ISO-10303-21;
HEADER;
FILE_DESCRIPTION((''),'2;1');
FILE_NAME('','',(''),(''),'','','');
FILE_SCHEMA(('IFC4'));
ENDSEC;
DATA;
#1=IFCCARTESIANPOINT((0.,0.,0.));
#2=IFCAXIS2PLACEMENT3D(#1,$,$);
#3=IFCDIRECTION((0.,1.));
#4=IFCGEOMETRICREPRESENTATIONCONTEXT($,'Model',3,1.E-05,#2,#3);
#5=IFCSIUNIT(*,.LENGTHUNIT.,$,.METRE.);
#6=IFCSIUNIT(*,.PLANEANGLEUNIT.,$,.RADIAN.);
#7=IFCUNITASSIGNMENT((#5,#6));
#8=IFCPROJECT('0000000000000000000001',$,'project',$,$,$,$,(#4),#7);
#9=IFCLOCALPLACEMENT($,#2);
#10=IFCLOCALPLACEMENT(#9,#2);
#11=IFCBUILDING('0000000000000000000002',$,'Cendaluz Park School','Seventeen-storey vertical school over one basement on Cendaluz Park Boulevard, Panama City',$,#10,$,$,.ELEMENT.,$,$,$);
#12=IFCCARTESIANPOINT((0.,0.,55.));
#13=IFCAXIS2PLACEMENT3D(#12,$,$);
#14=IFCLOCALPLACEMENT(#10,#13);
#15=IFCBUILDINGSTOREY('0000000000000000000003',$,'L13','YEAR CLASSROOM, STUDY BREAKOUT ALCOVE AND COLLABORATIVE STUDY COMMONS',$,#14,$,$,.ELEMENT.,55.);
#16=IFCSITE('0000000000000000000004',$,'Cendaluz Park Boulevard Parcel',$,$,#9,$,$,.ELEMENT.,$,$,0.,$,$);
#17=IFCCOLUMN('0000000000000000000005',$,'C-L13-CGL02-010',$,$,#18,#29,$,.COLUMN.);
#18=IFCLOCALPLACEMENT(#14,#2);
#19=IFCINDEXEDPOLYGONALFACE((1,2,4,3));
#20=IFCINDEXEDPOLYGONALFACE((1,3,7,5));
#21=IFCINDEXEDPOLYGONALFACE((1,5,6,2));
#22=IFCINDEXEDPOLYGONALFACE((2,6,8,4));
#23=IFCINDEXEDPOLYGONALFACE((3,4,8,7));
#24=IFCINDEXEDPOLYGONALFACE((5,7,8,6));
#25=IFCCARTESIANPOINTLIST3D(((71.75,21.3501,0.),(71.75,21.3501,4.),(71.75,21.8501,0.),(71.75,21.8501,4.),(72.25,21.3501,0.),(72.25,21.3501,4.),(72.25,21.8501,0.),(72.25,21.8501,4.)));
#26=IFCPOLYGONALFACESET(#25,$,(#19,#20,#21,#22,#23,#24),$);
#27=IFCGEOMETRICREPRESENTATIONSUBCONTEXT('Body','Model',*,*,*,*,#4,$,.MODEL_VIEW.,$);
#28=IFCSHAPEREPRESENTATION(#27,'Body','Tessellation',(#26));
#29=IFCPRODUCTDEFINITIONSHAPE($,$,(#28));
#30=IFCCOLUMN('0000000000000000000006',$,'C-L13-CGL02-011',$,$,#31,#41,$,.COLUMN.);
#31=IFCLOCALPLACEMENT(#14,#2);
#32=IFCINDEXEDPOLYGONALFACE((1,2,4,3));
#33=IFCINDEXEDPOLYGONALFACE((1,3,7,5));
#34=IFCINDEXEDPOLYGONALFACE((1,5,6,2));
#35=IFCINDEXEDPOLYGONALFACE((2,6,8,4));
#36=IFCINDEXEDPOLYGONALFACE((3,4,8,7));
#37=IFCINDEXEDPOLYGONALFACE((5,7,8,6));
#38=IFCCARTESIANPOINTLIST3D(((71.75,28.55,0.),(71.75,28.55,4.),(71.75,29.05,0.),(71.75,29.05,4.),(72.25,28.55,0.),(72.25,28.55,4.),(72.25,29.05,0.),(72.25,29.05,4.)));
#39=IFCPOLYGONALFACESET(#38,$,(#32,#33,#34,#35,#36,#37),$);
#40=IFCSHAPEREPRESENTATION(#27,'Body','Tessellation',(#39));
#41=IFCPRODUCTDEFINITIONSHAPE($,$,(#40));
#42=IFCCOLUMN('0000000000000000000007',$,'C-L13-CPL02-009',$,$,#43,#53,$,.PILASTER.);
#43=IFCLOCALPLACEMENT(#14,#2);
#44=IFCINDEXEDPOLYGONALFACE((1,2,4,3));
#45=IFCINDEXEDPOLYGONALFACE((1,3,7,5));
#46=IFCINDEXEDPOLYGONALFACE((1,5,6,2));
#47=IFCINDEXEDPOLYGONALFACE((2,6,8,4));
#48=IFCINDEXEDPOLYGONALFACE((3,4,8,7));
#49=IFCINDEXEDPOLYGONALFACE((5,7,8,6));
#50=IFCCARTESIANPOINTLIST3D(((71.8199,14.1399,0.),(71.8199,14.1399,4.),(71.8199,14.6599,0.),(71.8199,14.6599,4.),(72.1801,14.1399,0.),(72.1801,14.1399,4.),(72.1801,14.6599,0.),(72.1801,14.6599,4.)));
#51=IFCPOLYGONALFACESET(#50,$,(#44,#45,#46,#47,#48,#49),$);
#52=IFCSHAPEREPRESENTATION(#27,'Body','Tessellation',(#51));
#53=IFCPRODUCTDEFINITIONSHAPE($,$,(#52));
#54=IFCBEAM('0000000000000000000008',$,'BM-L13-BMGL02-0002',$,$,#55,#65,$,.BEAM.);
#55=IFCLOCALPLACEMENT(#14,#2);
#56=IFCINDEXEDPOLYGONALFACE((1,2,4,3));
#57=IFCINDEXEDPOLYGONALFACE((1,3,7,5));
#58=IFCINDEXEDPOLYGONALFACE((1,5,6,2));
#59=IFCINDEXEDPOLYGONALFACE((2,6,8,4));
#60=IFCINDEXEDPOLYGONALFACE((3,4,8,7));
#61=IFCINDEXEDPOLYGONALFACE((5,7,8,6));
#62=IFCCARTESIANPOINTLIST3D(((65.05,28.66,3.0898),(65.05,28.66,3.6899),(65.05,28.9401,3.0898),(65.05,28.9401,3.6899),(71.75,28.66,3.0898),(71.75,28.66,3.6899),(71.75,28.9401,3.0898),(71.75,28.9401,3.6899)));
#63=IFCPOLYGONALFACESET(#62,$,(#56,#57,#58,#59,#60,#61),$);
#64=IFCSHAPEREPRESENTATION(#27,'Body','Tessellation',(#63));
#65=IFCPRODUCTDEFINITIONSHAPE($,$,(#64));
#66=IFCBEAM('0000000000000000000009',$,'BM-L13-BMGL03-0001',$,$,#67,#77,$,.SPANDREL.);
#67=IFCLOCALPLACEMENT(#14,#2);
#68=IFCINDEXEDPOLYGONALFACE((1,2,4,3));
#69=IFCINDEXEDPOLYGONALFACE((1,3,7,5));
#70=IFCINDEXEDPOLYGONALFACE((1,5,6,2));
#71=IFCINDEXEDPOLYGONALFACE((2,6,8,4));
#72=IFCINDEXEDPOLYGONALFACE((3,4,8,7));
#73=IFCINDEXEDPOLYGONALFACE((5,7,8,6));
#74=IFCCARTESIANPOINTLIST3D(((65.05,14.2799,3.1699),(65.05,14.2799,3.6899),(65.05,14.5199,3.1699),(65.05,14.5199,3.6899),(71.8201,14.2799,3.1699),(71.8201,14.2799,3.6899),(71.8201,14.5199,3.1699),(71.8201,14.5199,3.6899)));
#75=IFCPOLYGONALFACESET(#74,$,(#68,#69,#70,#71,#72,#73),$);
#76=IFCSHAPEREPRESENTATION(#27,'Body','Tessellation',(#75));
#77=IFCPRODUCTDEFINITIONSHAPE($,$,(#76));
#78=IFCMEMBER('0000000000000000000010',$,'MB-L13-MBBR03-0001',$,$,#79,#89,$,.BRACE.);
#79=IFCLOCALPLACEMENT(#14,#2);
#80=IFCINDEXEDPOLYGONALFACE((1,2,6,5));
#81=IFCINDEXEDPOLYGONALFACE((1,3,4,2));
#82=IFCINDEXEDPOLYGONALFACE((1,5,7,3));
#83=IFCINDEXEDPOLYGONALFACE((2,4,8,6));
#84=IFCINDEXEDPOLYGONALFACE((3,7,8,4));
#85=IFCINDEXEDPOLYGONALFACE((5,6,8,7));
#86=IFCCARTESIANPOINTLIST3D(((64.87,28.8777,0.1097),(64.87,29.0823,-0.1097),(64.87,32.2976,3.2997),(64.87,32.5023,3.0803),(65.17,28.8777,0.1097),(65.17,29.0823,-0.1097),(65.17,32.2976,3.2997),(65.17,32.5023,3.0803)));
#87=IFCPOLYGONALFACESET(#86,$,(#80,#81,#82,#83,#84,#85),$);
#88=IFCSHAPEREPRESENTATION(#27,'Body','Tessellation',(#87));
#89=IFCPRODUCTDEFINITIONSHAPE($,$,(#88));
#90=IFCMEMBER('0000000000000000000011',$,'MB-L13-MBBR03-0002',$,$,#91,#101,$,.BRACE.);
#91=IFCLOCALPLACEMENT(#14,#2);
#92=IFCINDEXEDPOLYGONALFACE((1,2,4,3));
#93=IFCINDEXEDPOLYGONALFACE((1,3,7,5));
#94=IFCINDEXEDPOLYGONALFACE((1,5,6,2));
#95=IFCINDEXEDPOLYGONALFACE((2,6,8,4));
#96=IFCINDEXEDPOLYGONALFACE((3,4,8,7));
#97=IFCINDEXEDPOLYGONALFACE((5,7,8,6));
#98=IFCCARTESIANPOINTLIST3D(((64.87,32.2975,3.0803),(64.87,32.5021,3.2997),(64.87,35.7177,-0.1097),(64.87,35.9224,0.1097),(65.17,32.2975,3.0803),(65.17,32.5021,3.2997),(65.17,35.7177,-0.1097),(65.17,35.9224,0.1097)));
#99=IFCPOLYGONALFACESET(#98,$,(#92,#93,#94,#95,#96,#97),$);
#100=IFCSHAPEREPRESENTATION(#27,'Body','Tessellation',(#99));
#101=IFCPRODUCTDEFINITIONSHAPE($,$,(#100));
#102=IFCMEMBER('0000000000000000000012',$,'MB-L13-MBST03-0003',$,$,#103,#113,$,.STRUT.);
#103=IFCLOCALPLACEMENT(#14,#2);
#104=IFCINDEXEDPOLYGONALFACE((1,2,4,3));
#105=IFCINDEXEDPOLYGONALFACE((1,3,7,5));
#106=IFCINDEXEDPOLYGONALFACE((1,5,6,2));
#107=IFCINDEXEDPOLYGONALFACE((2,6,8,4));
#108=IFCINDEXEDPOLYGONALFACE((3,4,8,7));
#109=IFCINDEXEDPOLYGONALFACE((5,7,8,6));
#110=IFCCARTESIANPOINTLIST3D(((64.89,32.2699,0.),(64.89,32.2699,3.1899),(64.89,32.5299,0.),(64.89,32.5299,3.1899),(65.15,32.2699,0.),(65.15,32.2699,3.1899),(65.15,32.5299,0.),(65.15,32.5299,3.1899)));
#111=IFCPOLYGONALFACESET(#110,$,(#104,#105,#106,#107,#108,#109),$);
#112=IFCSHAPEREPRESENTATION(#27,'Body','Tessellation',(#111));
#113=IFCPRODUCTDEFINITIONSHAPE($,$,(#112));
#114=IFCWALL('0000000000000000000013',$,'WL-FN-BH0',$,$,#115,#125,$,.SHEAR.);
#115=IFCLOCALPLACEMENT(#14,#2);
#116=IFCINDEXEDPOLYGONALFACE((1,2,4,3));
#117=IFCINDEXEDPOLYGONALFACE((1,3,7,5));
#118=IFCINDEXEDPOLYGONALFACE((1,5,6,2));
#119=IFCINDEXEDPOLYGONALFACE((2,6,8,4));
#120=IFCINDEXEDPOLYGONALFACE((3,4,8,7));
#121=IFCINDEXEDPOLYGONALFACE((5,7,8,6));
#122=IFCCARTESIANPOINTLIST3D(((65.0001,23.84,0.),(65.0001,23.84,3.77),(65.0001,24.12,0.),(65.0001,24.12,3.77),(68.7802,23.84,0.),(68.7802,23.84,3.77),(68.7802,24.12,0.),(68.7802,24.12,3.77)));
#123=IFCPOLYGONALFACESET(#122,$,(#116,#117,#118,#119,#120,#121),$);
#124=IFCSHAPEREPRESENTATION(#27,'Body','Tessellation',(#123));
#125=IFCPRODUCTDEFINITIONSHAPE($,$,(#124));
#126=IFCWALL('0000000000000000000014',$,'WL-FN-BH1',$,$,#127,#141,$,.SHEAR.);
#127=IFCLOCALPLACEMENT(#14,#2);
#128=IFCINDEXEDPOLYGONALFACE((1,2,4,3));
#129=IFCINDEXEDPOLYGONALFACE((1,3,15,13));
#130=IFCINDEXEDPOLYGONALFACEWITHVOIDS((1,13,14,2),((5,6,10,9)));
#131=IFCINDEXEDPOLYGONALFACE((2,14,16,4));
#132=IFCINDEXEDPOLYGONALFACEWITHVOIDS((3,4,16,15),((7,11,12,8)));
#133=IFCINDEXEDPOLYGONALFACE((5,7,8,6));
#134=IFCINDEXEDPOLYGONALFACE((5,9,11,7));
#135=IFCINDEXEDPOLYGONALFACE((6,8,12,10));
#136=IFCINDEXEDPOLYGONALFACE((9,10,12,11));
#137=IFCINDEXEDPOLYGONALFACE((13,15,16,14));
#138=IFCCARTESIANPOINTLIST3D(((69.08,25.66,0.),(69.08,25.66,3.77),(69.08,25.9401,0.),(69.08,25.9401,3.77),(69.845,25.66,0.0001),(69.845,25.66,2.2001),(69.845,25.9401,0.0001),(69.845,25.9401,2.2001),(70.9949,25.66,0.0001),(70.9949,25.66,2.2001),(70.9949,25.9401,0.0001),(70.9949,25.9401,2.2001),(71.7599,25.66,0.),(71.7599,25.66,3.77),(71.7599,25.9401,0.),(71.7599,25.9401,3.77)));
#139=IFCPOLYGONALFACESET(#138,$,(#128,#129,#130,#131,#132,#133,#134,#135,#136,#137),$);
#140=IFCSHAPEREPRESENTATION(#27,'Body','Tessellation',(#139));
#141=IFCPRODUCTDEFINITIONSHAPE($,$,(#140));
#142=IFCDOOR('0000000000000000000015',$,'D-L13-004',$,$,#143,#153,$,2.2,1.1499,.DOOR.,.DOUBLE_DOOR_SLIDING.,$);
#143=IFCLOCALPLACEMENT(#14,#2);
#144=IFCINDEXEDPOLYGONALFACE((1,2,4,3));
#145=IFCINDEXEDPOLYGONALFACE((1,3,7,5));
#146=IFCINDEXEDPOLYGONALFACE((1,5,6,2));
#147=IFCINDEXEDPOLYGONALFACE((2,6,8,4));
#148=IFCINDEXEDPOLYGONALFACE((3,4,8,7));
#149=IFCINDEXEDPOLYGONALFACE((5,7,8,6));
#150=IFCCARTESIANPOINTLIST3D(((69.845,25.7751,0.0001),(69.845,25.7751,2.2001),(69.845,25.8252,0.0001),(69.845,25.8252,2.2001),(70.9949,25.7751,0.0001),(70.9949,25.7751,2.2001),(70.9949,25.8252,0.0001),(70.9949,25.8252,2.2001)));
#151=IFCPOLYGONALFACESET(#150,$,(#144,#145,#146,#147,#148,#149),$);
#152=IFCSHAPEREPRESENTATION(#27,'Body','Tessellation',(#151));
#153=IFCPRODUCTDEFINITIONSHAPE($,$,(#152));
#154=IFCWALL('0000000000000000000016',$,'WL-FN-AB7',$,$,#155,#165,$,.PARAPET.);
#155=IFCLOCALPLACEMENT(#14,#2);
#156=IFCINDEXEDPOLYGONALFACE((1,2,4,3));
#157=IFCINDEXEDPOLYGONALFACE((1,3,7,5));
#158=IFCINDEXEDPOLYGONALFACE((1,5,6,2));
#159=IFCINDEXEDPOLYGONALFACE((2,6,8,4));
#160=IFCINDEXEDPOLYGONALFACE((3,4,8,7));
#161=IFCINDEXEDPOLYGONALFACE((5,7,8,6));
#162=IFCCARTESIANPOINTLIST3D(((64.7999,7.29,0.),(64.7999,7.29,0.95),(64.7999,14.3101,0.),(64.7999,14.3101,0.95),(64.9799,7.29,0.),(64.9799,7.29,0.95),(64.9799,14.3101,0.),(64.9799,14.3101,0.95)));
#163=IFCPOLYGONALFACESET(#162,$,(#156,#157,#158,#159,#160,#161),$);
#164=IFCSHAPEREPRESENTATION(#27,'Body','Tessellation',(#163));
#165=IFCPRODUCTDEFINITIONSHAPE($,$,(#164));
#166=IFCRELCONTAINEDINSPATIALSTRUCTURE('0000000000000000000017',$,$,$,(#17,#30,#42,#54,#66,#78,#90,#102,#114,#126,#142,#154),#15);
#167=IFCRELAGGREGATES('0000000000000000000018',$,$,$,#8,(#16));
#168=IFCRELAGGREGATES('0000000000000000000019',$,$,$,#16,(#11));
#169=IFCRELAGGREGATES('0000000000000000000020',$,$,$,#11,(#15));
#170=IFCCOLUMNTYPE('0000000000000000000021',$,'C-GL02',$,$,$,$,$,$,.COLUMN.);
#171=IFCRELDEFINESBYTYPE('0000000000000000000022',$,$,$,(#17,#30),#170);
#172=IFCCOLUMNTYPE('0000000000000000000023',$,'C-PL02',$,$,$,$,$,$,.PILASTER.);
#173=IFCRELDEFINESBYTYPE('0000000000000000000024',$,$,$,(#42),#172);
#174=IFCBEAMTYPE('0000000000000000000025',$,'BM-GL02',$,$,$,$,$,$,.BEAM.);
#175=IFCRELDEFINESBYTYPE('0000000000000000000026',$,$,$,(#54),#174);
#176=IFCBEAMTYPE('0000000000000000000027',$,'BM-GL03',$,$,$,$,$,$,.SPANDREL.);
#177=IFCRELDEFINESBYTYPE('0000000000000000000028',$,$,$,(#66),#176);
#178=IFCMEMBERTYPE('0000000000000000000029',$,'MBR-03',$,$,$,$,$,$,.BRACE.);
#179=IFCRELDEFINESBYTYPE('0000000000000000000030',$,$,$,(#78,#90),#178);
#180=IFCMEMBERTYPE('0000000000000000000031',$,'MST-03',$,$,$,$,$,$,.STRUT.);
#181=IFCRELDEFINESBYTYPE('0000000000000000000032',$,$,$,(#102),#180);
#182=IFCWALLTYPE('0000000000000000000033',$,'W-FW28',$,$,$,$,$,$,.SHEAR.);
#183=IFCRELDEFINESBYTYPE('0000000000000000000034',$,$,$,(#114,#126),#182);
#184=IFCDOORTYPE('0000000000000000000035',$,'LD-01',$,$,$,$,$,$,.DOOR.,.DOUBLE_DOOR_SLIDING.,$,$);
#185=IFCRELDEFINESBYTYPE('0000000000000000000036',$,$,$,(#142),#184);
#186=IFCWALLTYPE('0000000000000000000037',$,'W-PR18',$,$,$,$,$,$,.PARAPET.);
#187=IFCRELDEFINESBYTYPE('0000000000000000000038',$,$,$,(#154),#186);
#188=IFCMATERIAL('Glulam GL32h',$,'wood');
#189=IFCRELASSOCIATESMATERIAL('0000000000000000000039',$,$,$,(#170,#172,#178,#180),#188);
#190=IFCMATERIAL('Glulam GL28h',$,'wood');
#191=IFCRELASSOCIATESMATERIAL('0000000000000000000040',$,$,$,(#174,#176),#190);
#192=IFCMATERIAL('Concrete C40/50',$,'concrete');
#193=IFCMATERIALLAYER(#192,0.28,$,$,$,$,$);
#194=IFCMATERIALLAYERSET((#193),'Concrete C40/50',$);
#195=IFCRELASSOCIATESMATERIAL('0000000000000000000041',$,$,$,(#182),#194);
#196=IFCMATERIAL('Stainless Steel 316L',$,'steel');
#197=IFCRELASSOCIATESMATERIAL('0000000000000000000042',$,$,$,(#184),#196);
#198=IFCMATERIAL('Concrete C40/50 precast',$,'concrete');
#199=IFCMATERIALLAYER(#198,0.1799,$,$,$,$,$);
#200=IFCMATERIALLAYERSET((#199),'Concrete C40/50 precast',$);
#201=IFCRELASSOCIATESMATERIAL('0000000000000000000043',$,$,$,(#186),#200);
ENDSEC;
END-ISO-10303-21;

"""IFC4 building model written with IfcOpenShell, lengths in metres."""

from ifc_helpers import new_model, si_unit, direction, frame, frame_2d, origin, origin_2d, place, context, subcontext, project, spatial, rectangle, extrude, material, layer, layer_set, material_profile, profile_set, type_object, element, fill, save


model = new_model("IFC4")

# Units and contexts
model_context = context("Model", 3, precision=1e-05, world=origin(), true_north=direction((0.0, 1.0)))
body_context = subcontext(model_context, "Body", "Model", "MODEL_VIEW")
ifc_project = project(units=[si_unit("LENGTHUNIT", "METRE"), si_unit("PLANEANGLEUNIT", "RADIAN")], contexts=[model_context])

# Site, building, storey
site_placement = place(None, origin())
site = spatial("IfcSite", under=ifc_project, at=site_placement, Name="Cendaluz Park Boulevard Parcel", CompositionType="ELEMENT", RefElevation=0.0)
building_placement = place(site_placement, origin())
building = spatial("IfcBuilding", under=site, at=building_placement, Name="Cendaluz Park School", Description="Seventeen-storey vertical school over one basement on Cendaluz Park Boulevard, Panama City", CompositionType="ELEMENT")
storey_placement = place(building_placement, frame((0.0, 0.0, 55.0)))
storey = spatial("IfcBuildingStorey", under=building, at=storey_placement, Name="L13", Description="YEAR CLASSROOM, STUDY BREAKOUT ALCOVE AND COLLABORATIVE STUDY COMMONS", CompositionType="ELEMENT", Elevation=55.0)

# Columns
ifc_material_1 = material(Name="Glulam GL32h", Category="wood")
ifc_material_profile_1 = material_profile(ifc_material_1, rectangle(XDim=0.5, YDim=0.5, at=origin_2d()), Name="GL32h 500x500", Category="wood")
ifc_profile_set_1 = profile_set([ifc_material_profile_1], Name="Glulam GL32h")
column_type_1 = type_object("IfcColumnType", Name="C-GL02", PredefinedType="COLUMN", material=ifc_profile_set_1)
for number, where, z_axis, x_axis, name in (
    (1, (72.0, 21.6001, 0.0), (0.0, 0.0, 1.0), (1.0, 0.0, 0.0), "C-L13-CGL02-010"),
    (2, (72.0, 28.8, 0.0), (0.0, 0.0, 1.0), (1.0, 0.0, 0.0), "C-L13-CGL02-011"),
):
    element("IfcColumn", number, at=place(storey_placement, frame(where, z_axis=z_axis, x_axis=x_axis)), inside=storey, type_object=column_type_1, Name=name, PredefinedType="COLUMN", context=body_context, shape_type="SweptSolid", body=[
        extrude(rectangle(XDim=0.5, YDim=0.5, at=origin_2d()), origin(), (0.0, 0.0, 1.0), 4.0),
    ])
ifc_material_profile_2 = material_profile(ifc_material_1, rectangle(XDim=0.3601, YDim=0.52, at=origin_2d()), Name="GL32h 360x520", Category="wood")
ifc_profile_set_2 = profile_set([ifc_material_profile_2], Name="Glulam GL32h")
column_type_2 = type_object("IfcColumnType", Name="C-PL02", PredefinedType="PILASTER", material=ifc_profile_set_2)
column_placement = place(storey_placement, frame((72.0, 14.3999, 0.0), z_axis=(0.0, 0.0, 1.0), x_axis=(1.0, 0.0, 0.0)))
element("IfcColumn", 3, at=column_placement, inside=storey, type_object=column_type_2, Name="C-L13-CPL02-009", PredefinedType="PILASTER", context=body_context, shape_type="SweptSolid", body=[
    extrude(rectangle(XDim=0.3601, YDim=0.52, at=origin_2d()), origin(), (0.0, 0.0, 1.0), 4.0),
])

# Beams
ifc_material_2 = material(Name="Glulam GL28h", Category="wood")
ifc_material_profile_3 = material_profile(ifc_material_2, rectangle(XDim=0.28, YDim=0.6001, at=origin_2d()), Name="GL28h 280x600", Category="wood")
ifc_profile_set_3 = profile_set([ifc_material_profile_3], Name="Glulam GL28h")
beam_type_1 = type_object("IfcBeamType", Name="BM-GL02", PredefinedType="BEAM", material=ifc_profile_set_3)
beam_1_placement = place(storey_placement, frame((65.05, 28.8, 3.3899), z_axis=(1.0, 0.0, 0.0), x_axis=(0.0, 1.0, 0.0)))
element("IfcBeam", 4, at=beam_1_placement, inside=storey, type_object=beam_type_1, Name="BM-L13-BMGL02-0002", PredefinedType="BEAM", context=body_context, shape_type="SweptSolid", body=[
    extrude(rectangle(XDim=0.28, YDim=0.6001, at=origin_2d()), origin(), (0.0, 0.0, 1.0), 6.7),
])
ifc_material_profile_4 = material_profile(ifc_material_2, rectangle(XDim=0.24, YDim=0.52, at=origin_2d()), Name="GL28h 240x520", Category="wood")
ifc_profile_set_4 = profile_set([ifc_material_profile_4], Name="Glulam GL28h")
beam_type_2 = type_object("IfcBeamType", Name="BM-GL03", PredefinedType="SPANDREL", material=ifc_profile_set_4)
beam_2_placement = place(storey_placement, frame((65.05, 14.3999, 3.4299), z_axis=(1.0, 0.0, 0.0), x_axis=(0.0, 1.0, 0.0)))
element("IfcBeam", 5, at=beam_2_placement, inside=storey, type_object=beam_type_2, Name="BM-L13-BMGL03-0001", PredefinedType="SPANDREL", context=body_context, shape_type="SweptSolid", body=[
    extrude(rectangle(XDim=0.24, YDim=0.52, at=origin_2d()), origin(), (0.0, 0.0, 1.0), 6.77),
])

# Members
ifc_material_profile_5 = material_profile(ifc_material_1, rectangle(XDim=0.3, YDim=0.3, at=origin_2d()), Name="GL32h 300x300", Category="wood")
ifc_profile_set_5 = profile_set([ifc_material_profile_5], Name="Glulam GL32h")
member_type_1 = type_object("IfcMemberType", Name="MBR-03", PredefinedType="BRACE", material=ifc_profile_set_5)
member_1_placement = place(storey_placement, frame((65.02, 28.98, 0.0), z_axis=(0.0, 0.731267, 0.682091), x_axis=(-1.0, 0.0, 0.0)))
element("IfcMember", 6, at=member_1_placement, inside=storey, type_object=member_type_1, Name="MB-L13-MBBR03-0001", PredefinedType="BRACE", context=body_context, shape_type="SweptSolid", body=[
    extrude(rectangle(XDim=0.3, YDim=0.3, at=origin_2d()), origin(), (0.0, 0.0, 1.0), 4.6768),
])
member_2_placement = place(storey_placement, frame((65.02, 35.8201, 0.0), z_axis=(0.0, -0.731291, 0.682065), x_axis=(1.0, 0.0, 0.0)))
element("IfcMember", 7, at=member_2_placement, inside=storey, type_object=member_type_1, Name="MB-L13-MBBR03-0002", PredefinedType="BRACE", context=body_context, shape_type="SweptSolid", body=[
    extrude(rectangle(XDim=0.3, YDim=0.3, at=origin_2d()), origin(), (0.0, 0.0, 1.0), 4.677),
])
ifc_material_profile_6 = material_profile(ifc_material_1, rectangle(XDim=0.26, YDim=0.26, at=origin_2d()), Name="GL32h 260x260", Category="wood")
ifc_profile_set_6 = profile_set([ifc_material_profile_6], Name="Glulam GL32h")
member_type_2 = type_object("IfcMemberType", Name="MST-03", PredefinedType="STRUT", material=ifc_profile_set_6)
member_3_placement = place(storey_placement, frame((65.02, 32.3999, 0.0), z_axis=(0.0, 0.0, 1.0), x_axis=(1.0, 0.0, 0.0)))
element("IfcMember", 8, at=member_3_placement, inside=storey, type_object=member_type_2, Name="MB-L13-MBST03-0003", PredefinedType="STRUT", context=body_context, shape_type="SweptSolid", body=[
    extrude(rectangle(XDim=0.26, YDim=0.26, at=origin_2d()), origin(), (0.0, 0.0, 1.0), 3.1899),
])

# Shared definitions
ifc_material_3 = material(Name="Concrete C40/50", Category="concrete")
ifc_layer_1 = layer(ifc_material_3, 0.28)
ifc_layer_set_1 = layer_set([ifc_layer_1], Name="Concrete C40/50")
wall_type_1 = type_object("IfcWallType", Name="W-FW28", PredefinedType="SHEAR", material=ifc_layer_set_1)

# Wall
wall_1_placement = place(storey_placement, frame((65.0, 23.98, 0.0), z_axis=(0.0, 0.0, 1.0), x_axis=(1.0, 0.0, 0.0)))
element("IfcWall", 9, at=wall_1_placement, inside=storey, type_object=wall_type_1, Name="WL-FN-BH0", PredefinedType="SHEAR", context=body_context, shape_type="SweptSolid", body=[
    extrude(rectangle(XDim=3.78, YDim=0.28, at=frame_2d((1.8901, 0.0))), origin(), (0.0, 0.0, 1.0), 3.77),
])

# Wall, opening, door
wall_2_placement = place(storey_placement, frame((69.0801, 25.8, 0.0), z_axis=(0.0, 0.0, 1.0), x_axis=(1.0, 0.0, 0.0)))
wall_2 = element("IfcWall", 10, at=wall_2_placement, inside=storey, type_object=wall_type_1, Name="WL-FN-BH1", PredefinedType="SHEAR", context=body_context, shape_type="SweptSolid", body=[
    extrude(rectangle(XDim=2.6799, YDim=0.28, at=frame_2d((1.3398, 0.0))), origin(), (0.0, 0.0, 1.0), 3.77),
])
opening_1_placement = place(wall_2_placement, frame((0.7649, 0.0, 0.0)))
opening_1 = element("IfcOpeningElement", 11, at=opening_1_placement, cuts=wall_2, PredefinedType="OPENING", context=body_context, shape_type="SweptSolid", body=[
    extrude(rectangle(XDim=1.1499, YDim=2.2, at=frame_2d((0.575, 1.1001))), frame((0.0, 0.1521, 0.0), z_axis=(0.0, -1.0, 0.0), x_axis=(1.0, 0.0, 0.0)), (0.0, 0.0, 1.0), 0.304),
])
ifc_material_4 = material(Name="Stainless Steel 316L", Category="steel")
door_type_1 = type_object("IfcDoorType", Name="LD-01", OperationType="DOUBLE_DOOR_SLIDING", PredefinedType="DOOR", material=ifc_material_4)
door_1_placement = place(opening_1_placement, frame((1.1499, 0.0, 0.0), z_axis=(0.0, 0.0, 1.0), x_axis=(-1.0, 0.0, 0.0)))
door_1 = element("IfcDoor", 12, at=door_1_placement, inside=storey, type_object=door_type_1, Name="D-L13-004", OperationType="DOUBLE_DOOR_SLIDING", OverallHeight=2.2, OverallWidth=1.1499, PredefinedType="DOOR", context=body_context, shape_type="SweptSolid", body=[
    extrude(rectangle(XDim=1.1499, YDim=2.2, at=frame_2d((0.575, 1.1001))), frame((0.0, 0.0249, 0.0), z_axis=(0.0, -1.0, 0.0), x_axis=(1.0, 0.0, 0.0)), (0.0, 0.0, 1.0), 0.05),
])
fill(opening_1, door_1)

# Wall
ifc_material_5 = material(Name="Concrete C40/50 precast", Category="concrete")
ifc_layer_2 = layer(ifc_material_5, 0.1799)
ifc_layer_set_2 = layer_set([ifc_layer_2], Name="Concrete C40/50 precast")
wall_type_2 = type_object("IfcWallType", Name="W-PR18", PredefinedType="PARAPET", material=ifc_layer_set_2)
wall_3_placement = place(storey_placement, frame((64.8899, 7.29, 0.0), z_axis=(0.0, 0.0, 1.0), x_axis=(0.0, 1.0, 0.0)))
element("IfcWall", 13, at=wall_3_placement, inside=storey, type_object=wall_type_2, Name="WL-FN-AB7", PredefinedType="PARAPET", context=body_context, shape_type="SweptSolid", body=[
    extrude(rectangle(XDim=7.02, YDim=0.1799, at=frame_2d((3.51, 0.0))), origin(), (0.0, 0.0, 1.0), 0.95),
])

save(model, "model.ifc")
